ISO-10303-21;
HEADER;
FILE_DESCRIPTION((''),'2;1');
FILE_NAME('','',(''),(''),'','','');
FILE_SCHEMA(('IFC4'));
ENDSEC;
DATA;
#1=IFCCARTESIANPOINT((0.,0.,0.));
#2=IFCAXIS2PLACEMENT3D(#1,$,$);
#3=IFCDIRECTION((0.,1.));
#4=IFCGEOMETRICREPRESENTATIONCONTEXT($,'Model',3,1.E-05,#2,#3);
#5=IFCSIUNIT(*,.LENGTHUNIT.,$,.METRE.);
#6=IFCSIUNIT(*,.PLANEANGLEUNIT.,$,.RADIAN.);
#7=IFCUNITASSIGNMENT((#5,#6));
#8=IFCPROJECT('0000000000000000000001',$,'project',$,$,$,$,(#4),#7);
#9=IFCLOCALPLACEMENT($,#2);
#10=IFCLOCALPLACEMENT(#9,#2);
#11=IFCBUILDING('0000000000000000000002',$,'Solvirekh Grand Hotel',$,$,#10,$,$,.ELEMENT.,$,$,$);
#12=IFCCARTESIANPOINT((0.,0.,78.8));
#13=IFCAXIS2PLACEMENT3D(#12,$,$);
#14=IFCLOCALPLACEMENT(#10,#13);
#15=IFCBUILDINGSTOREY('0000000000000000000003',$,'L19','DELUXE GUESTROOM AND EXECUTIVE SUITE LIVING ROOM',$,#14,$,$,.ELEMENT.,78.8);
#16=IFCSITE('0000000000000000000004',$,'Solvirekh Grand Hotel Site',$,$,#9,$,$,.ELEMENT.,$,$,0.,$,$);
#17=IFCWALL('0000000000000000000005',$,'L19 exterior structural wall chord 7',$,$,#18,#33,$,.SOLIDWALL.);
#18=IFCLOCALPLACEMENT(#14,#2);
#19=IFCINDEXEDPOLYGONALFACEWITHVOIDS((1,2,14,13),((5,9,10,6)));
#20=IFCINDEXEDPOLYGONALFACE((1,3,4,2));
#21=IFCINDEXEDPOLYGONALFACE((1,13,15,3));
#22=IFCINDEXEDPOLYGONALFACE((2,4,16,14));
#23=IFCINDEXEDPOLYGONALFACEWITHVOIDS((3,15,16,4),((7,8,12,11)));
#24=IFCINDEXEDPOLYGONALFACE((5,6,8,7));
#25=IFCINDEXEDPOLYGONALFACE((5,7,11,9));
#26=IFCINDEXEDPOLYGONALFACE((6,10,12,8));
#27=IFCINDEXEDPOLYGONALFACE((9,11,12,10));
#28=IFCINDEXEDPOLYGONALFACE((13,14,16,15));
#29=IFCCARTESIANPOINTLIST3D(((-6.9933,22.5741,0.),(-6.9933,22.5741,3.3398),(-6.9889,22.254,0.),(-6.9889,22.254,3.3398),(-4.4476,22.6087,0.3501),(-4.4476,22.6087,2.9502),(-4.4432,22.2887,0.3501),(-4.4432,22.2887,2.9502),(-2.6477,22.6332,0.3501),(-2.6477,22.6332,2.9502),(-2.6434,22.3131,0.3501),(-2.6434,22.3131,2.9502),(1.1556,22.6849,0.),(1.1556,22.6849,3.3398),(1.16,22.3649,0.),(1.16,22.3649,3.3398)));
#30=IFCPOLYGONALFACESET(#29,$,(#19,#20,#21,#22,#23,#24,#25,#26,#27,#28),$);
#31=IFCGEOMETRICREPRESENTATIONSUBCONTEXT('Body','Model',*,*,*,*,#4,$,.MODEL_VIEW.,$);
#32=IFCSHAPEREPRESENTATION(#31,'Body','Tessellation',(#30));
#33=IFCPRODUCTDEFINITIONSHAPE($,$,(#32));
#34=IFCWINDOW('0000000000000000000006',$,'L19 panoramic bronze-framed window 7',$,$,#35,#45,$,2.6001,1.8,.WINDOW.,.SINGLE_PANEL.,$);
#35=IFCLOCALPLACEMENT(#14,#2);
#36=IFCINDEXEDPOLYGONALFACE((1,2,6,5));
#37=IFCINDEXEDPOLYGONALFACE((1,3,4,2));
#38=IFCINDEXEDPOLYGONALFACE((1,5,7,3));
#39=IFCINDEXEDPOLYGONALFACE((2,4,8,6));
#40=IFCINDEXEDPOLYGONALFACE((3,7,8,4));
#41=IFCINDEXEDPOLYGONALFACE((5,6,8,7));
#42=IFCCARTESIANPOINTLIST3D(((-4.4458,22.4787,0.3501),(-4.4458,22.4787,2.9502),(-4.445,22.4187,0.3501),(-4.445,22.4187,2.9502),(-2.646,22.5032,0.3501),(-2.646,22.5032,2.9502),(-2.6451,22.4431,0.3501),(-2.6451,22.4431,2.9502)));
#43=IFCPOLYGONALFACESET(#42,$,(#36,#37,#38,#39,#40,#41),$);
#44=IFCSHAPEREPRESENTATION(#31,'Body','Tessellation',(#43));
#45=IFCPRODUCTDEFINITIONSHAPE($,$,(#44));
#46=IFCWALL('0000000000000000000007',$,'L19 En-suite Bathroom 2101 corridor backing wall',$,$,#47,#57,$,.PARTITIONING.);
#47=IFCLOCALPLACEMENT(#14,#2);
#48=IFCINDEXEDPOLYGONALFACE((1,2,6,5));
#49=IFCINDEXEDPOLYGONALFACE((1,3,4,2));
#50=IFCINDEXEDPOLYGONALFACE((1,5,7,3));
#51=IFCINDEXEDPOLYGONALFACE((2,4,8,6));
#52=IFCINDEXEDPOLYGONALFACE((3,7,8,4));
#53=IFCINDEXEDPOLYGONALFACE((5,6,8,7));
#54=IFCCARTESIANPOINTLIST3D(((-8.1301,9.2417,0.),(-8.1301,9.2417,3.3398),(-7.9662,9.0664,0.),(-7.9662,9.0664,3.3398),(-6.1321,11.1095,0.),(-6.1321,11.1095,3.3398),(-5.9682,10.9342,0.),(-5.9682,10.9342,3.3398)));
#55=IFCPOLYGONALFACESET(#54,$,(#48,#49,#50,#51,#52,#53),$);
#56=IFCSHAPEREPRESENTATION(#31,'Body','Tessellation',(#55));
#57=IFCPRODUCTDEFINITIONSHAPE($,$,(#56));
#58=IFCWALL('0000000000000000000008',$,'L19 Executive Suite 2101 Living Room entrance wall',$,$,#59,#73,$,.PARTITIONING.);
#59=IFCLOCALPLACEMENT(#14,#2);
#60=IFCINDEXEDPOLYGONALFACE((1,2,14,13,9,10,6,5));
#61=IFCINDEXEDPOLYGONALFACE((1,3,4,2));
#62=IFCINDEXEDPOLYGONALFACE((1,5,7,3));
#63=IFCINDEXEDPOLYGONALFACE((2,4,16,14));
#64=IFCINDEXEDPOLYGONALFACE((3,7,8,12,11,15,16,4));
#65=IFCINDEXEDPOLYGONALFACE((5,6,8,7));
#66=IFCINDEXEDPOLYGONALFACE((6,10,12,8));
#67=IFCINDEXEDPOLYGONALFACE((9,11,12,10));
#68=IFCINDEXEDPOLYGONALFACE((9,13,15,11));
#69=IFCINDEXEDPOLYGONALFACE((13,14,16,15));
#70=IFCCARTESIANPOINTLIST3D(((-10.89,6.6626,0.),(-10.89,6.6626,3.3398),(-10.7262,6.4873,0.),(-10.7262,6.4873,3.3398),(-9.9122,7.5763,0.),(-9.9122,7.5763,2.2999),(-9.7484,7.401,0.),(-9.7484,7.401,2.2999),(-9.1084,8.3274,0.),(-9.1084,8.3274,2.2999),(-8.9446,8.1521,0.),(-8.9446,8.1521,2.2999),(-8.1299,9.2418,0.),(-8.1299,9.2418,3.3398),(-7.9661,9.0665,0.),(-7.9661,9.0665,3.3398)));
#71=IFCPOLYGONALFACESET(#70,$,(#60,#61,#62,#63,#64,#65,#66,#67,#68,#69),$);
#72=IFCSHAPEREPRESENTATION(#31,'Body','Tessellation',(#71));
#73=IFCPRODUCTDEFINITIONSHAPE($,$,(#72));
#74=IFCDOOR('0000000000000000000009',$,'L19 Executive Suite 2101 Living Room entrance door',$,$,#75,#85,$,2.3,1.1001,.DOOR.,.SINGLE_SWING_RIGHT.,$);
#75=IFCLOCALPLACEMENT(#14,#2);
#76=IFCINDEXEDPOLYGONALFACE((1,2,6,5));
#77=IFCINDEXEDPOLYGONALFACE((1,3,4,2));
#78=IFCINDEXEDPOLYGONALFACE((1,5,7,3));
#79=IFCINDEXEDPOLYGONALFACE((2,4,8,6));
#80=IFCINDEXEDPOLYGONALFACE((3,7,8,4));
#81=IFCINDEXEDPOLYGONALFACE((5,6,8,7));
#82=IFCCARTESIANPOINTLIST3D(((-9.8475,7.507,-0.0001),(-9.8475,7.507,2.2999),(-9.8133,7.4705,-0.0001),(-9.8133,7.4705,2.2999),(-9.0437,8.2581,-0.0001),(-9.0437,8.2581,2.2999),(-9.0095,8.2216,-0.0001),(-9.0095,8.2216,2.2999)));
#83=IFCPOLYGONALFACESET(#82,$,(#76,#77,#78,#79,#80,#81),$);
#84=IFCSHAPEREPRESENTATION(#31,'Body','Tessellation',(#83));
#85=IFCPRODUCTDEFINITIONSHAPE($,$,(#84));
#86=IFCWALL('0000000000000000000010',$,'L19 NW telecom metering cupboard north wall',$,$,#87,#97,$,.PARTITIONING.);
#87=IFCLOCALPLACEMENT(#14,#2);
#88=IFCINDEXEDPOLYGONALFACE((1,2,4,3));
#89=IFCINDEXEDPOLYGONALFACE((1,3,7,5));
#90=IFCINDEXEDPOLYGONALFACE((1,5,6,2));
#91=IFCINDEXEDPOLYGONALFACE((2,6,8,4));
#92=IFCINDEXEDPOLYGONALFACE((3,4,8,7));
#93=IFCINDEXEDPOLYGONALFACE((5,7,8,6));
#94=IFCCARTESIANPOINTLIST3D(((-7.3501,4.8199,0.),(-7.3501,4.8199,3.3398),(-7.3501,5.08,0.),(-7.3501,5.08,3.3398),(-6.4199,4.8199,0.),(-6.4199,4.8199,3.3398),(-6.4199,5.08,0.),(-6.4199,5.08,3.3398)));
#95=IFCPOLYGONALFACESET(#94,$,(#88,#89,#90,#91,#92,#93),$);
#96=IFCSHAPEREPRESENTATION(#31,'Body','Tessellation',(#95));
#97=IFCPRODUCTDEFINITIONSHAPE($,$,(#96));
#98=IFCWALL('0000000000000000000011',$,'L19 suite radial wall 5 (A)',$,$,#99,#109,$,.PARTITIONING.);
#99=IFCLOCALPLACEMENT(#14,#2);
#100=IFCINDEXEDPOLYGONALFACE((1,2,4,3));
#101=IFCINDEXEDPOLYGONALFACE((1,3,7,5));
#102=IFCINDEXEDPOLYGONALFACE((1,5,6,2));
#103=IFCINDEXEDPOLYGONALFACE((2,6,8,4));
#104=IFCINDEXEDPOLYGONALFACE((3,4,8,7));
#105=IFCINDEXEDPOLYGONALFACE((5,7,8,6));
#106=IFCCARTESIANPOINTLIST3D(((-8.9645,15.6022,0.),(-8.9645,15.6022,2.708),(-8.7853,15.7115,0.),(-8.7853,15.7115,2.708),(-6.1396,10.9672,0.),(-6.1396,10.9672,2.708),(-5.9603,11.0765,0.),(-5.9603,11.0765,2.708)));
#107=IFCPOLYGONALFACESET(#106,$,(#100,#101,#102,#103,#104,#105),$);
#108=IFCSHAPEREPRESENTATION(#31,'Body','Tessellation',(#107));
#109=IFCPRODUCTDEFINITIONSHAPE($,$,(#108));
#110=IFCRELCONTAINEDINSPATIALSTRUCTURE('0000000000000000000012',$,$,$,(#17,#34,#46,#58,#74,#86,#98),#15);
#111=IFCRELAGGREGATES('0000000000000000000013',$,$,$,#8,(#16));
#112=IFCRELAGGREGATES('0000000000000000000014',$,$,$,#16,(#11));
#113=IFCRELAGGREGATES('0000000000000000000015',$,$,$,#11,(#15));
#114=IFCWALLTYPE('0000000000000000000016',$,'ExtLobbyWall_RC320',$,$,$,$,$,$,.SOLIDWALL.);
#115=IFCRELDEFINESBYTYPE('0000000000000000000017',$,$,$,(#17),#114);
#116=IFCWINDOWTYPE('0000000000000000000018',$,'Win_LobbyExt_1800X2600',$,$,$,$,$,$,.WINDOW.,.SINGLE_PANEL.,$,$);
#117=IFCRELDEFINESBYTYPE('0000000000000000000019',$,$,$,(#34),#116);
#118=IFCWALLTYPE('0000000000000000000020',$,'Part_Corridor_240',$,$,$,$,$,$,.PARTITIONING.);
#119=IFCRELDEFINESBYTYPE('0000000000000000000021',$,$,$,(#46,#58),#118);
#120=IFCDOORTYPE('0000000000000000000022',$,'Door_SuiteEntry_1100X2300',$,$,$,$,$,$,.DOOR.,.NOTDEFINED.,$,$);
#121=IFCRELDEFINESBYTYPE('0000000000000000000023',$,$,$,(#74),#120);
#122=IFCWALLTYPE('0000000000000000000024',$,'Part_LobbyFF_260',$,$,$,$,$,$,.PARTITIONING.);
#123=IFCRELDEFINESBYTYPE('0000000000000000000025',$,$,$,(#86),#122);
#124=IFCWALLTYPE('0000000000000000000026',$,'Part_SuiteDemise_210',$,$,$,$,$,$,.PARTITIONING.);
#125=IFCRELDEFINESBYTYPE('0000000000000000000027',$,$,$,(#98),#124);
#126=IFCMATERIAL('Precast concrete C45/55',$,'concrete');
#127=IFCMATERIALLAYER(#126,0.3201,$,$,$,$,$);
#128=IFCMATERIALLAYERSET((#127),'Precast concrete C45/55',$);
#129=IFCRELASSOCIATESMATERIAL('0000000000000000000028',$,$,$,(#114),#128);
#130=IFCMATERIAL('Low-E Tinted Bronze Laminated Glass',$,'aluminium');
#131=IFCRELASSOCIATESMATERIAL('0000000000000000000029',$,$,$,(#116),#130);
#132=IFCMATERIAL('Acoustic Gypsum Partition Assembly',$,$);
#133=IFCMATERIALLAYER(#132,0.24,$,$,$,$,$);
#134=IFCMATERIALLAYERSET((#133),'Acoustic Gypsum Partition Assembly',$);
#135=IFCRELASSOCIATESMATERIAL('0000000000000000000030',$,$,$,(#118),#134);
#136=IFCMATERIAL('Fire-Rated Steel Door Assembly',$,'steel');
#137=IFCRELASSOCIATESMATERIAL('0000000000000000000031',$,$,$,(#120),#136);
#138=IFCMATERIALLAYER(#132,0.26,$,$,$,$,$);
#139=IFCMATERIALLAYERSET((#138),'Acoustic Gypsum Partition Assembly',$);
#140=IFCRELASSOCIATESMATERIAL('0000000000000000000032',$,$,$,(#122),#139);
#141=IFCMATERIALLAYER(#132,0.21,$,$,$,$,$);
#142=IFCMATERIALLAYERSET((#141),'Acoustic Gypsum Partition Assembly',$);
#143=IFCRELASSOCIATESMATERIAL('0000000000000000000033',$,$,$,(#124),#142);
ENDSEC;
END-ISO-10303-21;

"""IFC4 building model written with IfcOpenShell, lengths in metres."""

from ifc_helpers import new_model, si_unit, direction, frame, frame_2d, origin, place, context, subcontext, project, spatial, rectangle, extrude, material, layer, layer_set, type_object, element, fill, save


model = new_model("IFC4")

# Units and contexts
model_context = context("Model", 3, precision=1e-05, world=origin(), true_north=direction((0.0, 1.0)))
body_context = subcontext(model_context, "Body", "Model", "MODEL_VIEW")
ifc_project = project(units=[si_unit("LENGTHUNIT", "METRE"), si_unit("PLANEANGLEUNIT", "RADIAN")], contexts=[model_context])

# Site, building, storey
site_placement = place(None, origin())
site = spatial("IfcSite", under=ifc_project, at=site_placement, Name="Solvirekh Grand Hotel Site", CompositionType="ELEMENT", RefElevation=0.0)
building_placement = place(site_placement, origin())
building = spatial("IfcBuilding", under=site, at=building_placement, Name="Solvirekh Grand Hotel", CompositionType="ELEMENT")
storey_placement = place(building_placement, frame((0.0, 0.0, 78.8)))
storey = spatial("IfcBuildingStorey", under=building, at=storey_placement, Name="L19", Description="DELUXE GUESTROOM AND EXECUTIVE SUITE LIVING ROOM", CompositionType="ELEMENT", Elevation=78.8)

# Wall, opening, window
ifc_material_1 = material(Name="Precast concrete C45/55", Category="concrete")
ifc_layer_1 = layer(ifc_material_1, 0.3201)
ifc_layer_set_1 = layer_set([ifc_layer_1], Name="Precast concrete C45/55")
wall_type_1 = type_object("IfcWallType", Name="ExtLobbyWall_RC320", PredefinedType="SOLIDWALL", material=ifc_layer_set_1)
wall_1_placement = place(storey_placement, frame((-6.991, 22.4141, 0.0), z_axis=(0.0, 0.0, 1.0), x_axis=(0.999908, 0.013601, 0.0)))
wall_1 = element("IfcWall", 1, at=wall_1_placement, inside=storey, type_object=wall_type_1, Name="L19 exterior structural wall chord 7", PredefinedType="SOLIDWALL", context=body_context, shape_type="SweptSolid", body=[
    extrude(rectangle(XDim=8.1497, YDim=0.3201, at=frame_2d((4.0747, 0.0))), origin(), (0.0, 0.0, 1.0), 3.3398),
])
opening_1_placement = place(wall_1_placement, frame((2.5459, 0.0, 0.3501)))
opening_1 = element("IfcOpeningElement", 2, at=opening_1_placement, cuts=wall_1, PredefinedType="OPENING", context=body_context, shape_type="SweptSolid", body=[
    extrude(rectangle(XDim=1.8, YDim=2.6001, at=frame_2d((0.8999, 1.3))), frame((0.0, 0.1699, 0.0), z_axis=(0.0, -1.0, 0.0), x_axis=(1.0, 0.0, 0.0)), (0.0, 0.0, 1.0), 0.3401),
])
ifc_material_2 = material(Name="Low-E Tinted Bronze Laminated Glass", Category="aluminium")
window_type = type_object("IfcWindowType", Name="Win_LobbyExt_1800X2600", PartitioningType="SINGLE_PANEL", PredefinedType="WINDOW", material=ifc_material_2)
window_placement = place(opening_1_placement, origin())
window = element("IfcWindow", 3, at=window_placement, inside=storey, type_object=window_type, Name="L19 panoramic bronze-framed window 7", OverallHeight=2.6001, OverallWidth=1.8, PartitioningType="SINGLE_PANEL", PredefinedType="WINDOW", context=body_context, shape_type="SweptSolid", body=[
    extrude(rectangle(XDim=1.8, YDim=2.6001, at=frame_2d((0.8999, 1.3))), frame((0.0, 0.03, 0.0), z_axis=(0.0, -1.0, 0.0), x_axis=(1.0, 0.0, 0.0)), (0.0, 0.0, 1.0), 0.0601),
])
fill(opening_1, window)

# Wall
ifc_material_3 = material(Name="Acoustic Gypsum Partition Assembly")
ifc_layer_2 = layer(ifc_material_3, 0.24)
ifc_layer_set_2 = layer_set([ifc_layer_2], Name="Acoustic Gypsum Partition Assembly")
wall_type_2 = type_object("IfcWallType", Name="Part_Corridor_240", PredefinedType="PARTITIONING", material=ifc_layer_set_2)
wall_2_placement = place(storey_placement, frame((-6.05, 11.022, 0.0), z_axis=(0.0, 0.0, 1.0), x_axis=(-0.730494, -0.682919, 0.0)))
element("IfcWall", 4, at=wall_2_placement, inside=storey, type_object=wall_type_2, Name="L19 En-suite Bathroom 2101 corridor backing wall", PredefinedType="PARTITIONING", context=body_context, shape_type="SweptSolid", body=[
    extrude(rectangle(XDim=2.7351, YDim=0.24, at=frame_2d((1.3677, 0.0))), origin(), (0.0, 0.0, 1.0), 3.3398),
])

# Wall, opening, door
wall_3_placement = place(storey_placement, frame((-8.0481, 9.1541, 0.0), z_axis=(0.0, 0.0, 1.0), x_axis=(-0.730647, -0.682756, 0.0)))
wall_3 = element("IfcWall", 5, at=wall_3_placement, inside=storey, type_object=wall_type_2, Name="L19 Executive Suite 2101 Living Room entrance wall", PredefinedType="PARTITIONING", context=body_context, shape_type="SweptSolid", body=[
    extrude(rectangle(XDim=3.7776, YDim=0.24, at=frame_2d((1.8887, 0.0))), origin(), (0.0, 0.0, 1.0), 3.3398),
])
opening_2_placement = place(wall_3_placement, frame((1.3391, 0.0, 0.0)))
opening_2 = element("IfcOpeningElement", 6, at=opening_2_placement, cuts=wall_3, PredefinedType="OPENING", context=body_context, shape_type="SweptSolid", body=[
    extrude(rectangle(XDim=1.1001, YDim=2.3, at=frame_2d((0.55, 1.1499))), frame((0.0, 0.1299, 0.0), z_axis=(0.0, -1.0, 0.0), x_axis=(1.0, 0.0, 0.0)), (0.0, 0.0, 1.0), 0.26),
])
ifc_material_4 = material(Name="Fire-Rated Steel Door Assembly", Category="steel")
door_type = type_object("IfcDoorType", Name="Door_SuiteEntry_1100X2300", OperationType="NOTDEFINED", PredefinedType="DOOR", material=ifc_material_4)
door_placement = place(opening_2_placement, origin())
door = element("IfcDoor", 7, at=door_placement, inside=storey, type_object=door_type, Name="L19 Executive Suite 2101 Living Room entrance door", OperationType="SINGLE_SWING_RIGHT", OverallHeight=2.3, OverallWidth=1.1001, PredefinedType="DOOR", context=body_context, shape_type="SweptSolid", body=[
    extrude(rectangle(XDim=1.1001, YDim=2.3, at=frame_2d((0.55, 1.1499))), frame((0.0, 0.0249, 0.0), z_axis=(0.0, -1.0, 0.0), x_axis=(1.0, 0.0, 0.0)), (0.0, 0.0, 1.0), 0.05),
])
fill(opening_2, door)

# Walls
ifc_layer_3 = layer(ifc_material_3, 0.26)
ifc_layer_set_3 = layer_set([ifc_layer_3], Name="Acoustic Gypsum Partition Assembly")
wall_type_3 = type_object("IfcWallType", Name="Part_LobbyFF_260", PredefinedType="PARTITIONING", material=ifc_layer_set_3)
wall_4_placement = place(storey_placement, frame((-7.3501, 4.95, 0.0), z_axis=(0.0, 0.0, 1.0), x_axis=(1.0, 0.0, 0.0)))
element("IfcWall", 8, at=wall_4_placement, inside=storey, type_object=wall_type_3, Name="L19 NW telecom metering cupboard north wall", PredefinedType="PARTITIONING", context=body_context, shape_type="SweptSolid", body=[
    extrude(rectangle(XDim=0.9302, YDim=0.26, at=frame_2d((0.4651, 0.0))), origin(), (0.0, 0.0, 1.0), 3.3398),
])
ifc_layer_4 = layer(ifc_material_3, 0.21)
ifc_layer_set_4 = layer_set([ifc_layer_4], Name="Acoustic Gypsum Partition Assembly")
wall_type_4 = type_object("IfcWallType", Name="Part_SuiteDemise_210", PredefinedType="PARTITIONING", material=ifc_layer_set_4)
wall_5_placement = place(storey_placement, frame((-6.05, 11.022, 0.0), z_axis=(0.0, 0.0, 1.0), x_axis=(-0.520436, 0.853901, 0.0)))
element("IfcWall", 9, at=wall_5_placement, inside=storey, type_object=wall_type_4, Name="L19 suite radial wall 5 (A)", PredefinedType="PARTITIONING", context=body_context, shape_type="SweptSolid", body=[
    extrude(rectangle(XDim=5.428, YDim=0.21, at=frame_2d((2.7139, 0.0))), origin(), (0.0, 0.0, 1.0), 2.708),
])

save(model, "model.ifc")
